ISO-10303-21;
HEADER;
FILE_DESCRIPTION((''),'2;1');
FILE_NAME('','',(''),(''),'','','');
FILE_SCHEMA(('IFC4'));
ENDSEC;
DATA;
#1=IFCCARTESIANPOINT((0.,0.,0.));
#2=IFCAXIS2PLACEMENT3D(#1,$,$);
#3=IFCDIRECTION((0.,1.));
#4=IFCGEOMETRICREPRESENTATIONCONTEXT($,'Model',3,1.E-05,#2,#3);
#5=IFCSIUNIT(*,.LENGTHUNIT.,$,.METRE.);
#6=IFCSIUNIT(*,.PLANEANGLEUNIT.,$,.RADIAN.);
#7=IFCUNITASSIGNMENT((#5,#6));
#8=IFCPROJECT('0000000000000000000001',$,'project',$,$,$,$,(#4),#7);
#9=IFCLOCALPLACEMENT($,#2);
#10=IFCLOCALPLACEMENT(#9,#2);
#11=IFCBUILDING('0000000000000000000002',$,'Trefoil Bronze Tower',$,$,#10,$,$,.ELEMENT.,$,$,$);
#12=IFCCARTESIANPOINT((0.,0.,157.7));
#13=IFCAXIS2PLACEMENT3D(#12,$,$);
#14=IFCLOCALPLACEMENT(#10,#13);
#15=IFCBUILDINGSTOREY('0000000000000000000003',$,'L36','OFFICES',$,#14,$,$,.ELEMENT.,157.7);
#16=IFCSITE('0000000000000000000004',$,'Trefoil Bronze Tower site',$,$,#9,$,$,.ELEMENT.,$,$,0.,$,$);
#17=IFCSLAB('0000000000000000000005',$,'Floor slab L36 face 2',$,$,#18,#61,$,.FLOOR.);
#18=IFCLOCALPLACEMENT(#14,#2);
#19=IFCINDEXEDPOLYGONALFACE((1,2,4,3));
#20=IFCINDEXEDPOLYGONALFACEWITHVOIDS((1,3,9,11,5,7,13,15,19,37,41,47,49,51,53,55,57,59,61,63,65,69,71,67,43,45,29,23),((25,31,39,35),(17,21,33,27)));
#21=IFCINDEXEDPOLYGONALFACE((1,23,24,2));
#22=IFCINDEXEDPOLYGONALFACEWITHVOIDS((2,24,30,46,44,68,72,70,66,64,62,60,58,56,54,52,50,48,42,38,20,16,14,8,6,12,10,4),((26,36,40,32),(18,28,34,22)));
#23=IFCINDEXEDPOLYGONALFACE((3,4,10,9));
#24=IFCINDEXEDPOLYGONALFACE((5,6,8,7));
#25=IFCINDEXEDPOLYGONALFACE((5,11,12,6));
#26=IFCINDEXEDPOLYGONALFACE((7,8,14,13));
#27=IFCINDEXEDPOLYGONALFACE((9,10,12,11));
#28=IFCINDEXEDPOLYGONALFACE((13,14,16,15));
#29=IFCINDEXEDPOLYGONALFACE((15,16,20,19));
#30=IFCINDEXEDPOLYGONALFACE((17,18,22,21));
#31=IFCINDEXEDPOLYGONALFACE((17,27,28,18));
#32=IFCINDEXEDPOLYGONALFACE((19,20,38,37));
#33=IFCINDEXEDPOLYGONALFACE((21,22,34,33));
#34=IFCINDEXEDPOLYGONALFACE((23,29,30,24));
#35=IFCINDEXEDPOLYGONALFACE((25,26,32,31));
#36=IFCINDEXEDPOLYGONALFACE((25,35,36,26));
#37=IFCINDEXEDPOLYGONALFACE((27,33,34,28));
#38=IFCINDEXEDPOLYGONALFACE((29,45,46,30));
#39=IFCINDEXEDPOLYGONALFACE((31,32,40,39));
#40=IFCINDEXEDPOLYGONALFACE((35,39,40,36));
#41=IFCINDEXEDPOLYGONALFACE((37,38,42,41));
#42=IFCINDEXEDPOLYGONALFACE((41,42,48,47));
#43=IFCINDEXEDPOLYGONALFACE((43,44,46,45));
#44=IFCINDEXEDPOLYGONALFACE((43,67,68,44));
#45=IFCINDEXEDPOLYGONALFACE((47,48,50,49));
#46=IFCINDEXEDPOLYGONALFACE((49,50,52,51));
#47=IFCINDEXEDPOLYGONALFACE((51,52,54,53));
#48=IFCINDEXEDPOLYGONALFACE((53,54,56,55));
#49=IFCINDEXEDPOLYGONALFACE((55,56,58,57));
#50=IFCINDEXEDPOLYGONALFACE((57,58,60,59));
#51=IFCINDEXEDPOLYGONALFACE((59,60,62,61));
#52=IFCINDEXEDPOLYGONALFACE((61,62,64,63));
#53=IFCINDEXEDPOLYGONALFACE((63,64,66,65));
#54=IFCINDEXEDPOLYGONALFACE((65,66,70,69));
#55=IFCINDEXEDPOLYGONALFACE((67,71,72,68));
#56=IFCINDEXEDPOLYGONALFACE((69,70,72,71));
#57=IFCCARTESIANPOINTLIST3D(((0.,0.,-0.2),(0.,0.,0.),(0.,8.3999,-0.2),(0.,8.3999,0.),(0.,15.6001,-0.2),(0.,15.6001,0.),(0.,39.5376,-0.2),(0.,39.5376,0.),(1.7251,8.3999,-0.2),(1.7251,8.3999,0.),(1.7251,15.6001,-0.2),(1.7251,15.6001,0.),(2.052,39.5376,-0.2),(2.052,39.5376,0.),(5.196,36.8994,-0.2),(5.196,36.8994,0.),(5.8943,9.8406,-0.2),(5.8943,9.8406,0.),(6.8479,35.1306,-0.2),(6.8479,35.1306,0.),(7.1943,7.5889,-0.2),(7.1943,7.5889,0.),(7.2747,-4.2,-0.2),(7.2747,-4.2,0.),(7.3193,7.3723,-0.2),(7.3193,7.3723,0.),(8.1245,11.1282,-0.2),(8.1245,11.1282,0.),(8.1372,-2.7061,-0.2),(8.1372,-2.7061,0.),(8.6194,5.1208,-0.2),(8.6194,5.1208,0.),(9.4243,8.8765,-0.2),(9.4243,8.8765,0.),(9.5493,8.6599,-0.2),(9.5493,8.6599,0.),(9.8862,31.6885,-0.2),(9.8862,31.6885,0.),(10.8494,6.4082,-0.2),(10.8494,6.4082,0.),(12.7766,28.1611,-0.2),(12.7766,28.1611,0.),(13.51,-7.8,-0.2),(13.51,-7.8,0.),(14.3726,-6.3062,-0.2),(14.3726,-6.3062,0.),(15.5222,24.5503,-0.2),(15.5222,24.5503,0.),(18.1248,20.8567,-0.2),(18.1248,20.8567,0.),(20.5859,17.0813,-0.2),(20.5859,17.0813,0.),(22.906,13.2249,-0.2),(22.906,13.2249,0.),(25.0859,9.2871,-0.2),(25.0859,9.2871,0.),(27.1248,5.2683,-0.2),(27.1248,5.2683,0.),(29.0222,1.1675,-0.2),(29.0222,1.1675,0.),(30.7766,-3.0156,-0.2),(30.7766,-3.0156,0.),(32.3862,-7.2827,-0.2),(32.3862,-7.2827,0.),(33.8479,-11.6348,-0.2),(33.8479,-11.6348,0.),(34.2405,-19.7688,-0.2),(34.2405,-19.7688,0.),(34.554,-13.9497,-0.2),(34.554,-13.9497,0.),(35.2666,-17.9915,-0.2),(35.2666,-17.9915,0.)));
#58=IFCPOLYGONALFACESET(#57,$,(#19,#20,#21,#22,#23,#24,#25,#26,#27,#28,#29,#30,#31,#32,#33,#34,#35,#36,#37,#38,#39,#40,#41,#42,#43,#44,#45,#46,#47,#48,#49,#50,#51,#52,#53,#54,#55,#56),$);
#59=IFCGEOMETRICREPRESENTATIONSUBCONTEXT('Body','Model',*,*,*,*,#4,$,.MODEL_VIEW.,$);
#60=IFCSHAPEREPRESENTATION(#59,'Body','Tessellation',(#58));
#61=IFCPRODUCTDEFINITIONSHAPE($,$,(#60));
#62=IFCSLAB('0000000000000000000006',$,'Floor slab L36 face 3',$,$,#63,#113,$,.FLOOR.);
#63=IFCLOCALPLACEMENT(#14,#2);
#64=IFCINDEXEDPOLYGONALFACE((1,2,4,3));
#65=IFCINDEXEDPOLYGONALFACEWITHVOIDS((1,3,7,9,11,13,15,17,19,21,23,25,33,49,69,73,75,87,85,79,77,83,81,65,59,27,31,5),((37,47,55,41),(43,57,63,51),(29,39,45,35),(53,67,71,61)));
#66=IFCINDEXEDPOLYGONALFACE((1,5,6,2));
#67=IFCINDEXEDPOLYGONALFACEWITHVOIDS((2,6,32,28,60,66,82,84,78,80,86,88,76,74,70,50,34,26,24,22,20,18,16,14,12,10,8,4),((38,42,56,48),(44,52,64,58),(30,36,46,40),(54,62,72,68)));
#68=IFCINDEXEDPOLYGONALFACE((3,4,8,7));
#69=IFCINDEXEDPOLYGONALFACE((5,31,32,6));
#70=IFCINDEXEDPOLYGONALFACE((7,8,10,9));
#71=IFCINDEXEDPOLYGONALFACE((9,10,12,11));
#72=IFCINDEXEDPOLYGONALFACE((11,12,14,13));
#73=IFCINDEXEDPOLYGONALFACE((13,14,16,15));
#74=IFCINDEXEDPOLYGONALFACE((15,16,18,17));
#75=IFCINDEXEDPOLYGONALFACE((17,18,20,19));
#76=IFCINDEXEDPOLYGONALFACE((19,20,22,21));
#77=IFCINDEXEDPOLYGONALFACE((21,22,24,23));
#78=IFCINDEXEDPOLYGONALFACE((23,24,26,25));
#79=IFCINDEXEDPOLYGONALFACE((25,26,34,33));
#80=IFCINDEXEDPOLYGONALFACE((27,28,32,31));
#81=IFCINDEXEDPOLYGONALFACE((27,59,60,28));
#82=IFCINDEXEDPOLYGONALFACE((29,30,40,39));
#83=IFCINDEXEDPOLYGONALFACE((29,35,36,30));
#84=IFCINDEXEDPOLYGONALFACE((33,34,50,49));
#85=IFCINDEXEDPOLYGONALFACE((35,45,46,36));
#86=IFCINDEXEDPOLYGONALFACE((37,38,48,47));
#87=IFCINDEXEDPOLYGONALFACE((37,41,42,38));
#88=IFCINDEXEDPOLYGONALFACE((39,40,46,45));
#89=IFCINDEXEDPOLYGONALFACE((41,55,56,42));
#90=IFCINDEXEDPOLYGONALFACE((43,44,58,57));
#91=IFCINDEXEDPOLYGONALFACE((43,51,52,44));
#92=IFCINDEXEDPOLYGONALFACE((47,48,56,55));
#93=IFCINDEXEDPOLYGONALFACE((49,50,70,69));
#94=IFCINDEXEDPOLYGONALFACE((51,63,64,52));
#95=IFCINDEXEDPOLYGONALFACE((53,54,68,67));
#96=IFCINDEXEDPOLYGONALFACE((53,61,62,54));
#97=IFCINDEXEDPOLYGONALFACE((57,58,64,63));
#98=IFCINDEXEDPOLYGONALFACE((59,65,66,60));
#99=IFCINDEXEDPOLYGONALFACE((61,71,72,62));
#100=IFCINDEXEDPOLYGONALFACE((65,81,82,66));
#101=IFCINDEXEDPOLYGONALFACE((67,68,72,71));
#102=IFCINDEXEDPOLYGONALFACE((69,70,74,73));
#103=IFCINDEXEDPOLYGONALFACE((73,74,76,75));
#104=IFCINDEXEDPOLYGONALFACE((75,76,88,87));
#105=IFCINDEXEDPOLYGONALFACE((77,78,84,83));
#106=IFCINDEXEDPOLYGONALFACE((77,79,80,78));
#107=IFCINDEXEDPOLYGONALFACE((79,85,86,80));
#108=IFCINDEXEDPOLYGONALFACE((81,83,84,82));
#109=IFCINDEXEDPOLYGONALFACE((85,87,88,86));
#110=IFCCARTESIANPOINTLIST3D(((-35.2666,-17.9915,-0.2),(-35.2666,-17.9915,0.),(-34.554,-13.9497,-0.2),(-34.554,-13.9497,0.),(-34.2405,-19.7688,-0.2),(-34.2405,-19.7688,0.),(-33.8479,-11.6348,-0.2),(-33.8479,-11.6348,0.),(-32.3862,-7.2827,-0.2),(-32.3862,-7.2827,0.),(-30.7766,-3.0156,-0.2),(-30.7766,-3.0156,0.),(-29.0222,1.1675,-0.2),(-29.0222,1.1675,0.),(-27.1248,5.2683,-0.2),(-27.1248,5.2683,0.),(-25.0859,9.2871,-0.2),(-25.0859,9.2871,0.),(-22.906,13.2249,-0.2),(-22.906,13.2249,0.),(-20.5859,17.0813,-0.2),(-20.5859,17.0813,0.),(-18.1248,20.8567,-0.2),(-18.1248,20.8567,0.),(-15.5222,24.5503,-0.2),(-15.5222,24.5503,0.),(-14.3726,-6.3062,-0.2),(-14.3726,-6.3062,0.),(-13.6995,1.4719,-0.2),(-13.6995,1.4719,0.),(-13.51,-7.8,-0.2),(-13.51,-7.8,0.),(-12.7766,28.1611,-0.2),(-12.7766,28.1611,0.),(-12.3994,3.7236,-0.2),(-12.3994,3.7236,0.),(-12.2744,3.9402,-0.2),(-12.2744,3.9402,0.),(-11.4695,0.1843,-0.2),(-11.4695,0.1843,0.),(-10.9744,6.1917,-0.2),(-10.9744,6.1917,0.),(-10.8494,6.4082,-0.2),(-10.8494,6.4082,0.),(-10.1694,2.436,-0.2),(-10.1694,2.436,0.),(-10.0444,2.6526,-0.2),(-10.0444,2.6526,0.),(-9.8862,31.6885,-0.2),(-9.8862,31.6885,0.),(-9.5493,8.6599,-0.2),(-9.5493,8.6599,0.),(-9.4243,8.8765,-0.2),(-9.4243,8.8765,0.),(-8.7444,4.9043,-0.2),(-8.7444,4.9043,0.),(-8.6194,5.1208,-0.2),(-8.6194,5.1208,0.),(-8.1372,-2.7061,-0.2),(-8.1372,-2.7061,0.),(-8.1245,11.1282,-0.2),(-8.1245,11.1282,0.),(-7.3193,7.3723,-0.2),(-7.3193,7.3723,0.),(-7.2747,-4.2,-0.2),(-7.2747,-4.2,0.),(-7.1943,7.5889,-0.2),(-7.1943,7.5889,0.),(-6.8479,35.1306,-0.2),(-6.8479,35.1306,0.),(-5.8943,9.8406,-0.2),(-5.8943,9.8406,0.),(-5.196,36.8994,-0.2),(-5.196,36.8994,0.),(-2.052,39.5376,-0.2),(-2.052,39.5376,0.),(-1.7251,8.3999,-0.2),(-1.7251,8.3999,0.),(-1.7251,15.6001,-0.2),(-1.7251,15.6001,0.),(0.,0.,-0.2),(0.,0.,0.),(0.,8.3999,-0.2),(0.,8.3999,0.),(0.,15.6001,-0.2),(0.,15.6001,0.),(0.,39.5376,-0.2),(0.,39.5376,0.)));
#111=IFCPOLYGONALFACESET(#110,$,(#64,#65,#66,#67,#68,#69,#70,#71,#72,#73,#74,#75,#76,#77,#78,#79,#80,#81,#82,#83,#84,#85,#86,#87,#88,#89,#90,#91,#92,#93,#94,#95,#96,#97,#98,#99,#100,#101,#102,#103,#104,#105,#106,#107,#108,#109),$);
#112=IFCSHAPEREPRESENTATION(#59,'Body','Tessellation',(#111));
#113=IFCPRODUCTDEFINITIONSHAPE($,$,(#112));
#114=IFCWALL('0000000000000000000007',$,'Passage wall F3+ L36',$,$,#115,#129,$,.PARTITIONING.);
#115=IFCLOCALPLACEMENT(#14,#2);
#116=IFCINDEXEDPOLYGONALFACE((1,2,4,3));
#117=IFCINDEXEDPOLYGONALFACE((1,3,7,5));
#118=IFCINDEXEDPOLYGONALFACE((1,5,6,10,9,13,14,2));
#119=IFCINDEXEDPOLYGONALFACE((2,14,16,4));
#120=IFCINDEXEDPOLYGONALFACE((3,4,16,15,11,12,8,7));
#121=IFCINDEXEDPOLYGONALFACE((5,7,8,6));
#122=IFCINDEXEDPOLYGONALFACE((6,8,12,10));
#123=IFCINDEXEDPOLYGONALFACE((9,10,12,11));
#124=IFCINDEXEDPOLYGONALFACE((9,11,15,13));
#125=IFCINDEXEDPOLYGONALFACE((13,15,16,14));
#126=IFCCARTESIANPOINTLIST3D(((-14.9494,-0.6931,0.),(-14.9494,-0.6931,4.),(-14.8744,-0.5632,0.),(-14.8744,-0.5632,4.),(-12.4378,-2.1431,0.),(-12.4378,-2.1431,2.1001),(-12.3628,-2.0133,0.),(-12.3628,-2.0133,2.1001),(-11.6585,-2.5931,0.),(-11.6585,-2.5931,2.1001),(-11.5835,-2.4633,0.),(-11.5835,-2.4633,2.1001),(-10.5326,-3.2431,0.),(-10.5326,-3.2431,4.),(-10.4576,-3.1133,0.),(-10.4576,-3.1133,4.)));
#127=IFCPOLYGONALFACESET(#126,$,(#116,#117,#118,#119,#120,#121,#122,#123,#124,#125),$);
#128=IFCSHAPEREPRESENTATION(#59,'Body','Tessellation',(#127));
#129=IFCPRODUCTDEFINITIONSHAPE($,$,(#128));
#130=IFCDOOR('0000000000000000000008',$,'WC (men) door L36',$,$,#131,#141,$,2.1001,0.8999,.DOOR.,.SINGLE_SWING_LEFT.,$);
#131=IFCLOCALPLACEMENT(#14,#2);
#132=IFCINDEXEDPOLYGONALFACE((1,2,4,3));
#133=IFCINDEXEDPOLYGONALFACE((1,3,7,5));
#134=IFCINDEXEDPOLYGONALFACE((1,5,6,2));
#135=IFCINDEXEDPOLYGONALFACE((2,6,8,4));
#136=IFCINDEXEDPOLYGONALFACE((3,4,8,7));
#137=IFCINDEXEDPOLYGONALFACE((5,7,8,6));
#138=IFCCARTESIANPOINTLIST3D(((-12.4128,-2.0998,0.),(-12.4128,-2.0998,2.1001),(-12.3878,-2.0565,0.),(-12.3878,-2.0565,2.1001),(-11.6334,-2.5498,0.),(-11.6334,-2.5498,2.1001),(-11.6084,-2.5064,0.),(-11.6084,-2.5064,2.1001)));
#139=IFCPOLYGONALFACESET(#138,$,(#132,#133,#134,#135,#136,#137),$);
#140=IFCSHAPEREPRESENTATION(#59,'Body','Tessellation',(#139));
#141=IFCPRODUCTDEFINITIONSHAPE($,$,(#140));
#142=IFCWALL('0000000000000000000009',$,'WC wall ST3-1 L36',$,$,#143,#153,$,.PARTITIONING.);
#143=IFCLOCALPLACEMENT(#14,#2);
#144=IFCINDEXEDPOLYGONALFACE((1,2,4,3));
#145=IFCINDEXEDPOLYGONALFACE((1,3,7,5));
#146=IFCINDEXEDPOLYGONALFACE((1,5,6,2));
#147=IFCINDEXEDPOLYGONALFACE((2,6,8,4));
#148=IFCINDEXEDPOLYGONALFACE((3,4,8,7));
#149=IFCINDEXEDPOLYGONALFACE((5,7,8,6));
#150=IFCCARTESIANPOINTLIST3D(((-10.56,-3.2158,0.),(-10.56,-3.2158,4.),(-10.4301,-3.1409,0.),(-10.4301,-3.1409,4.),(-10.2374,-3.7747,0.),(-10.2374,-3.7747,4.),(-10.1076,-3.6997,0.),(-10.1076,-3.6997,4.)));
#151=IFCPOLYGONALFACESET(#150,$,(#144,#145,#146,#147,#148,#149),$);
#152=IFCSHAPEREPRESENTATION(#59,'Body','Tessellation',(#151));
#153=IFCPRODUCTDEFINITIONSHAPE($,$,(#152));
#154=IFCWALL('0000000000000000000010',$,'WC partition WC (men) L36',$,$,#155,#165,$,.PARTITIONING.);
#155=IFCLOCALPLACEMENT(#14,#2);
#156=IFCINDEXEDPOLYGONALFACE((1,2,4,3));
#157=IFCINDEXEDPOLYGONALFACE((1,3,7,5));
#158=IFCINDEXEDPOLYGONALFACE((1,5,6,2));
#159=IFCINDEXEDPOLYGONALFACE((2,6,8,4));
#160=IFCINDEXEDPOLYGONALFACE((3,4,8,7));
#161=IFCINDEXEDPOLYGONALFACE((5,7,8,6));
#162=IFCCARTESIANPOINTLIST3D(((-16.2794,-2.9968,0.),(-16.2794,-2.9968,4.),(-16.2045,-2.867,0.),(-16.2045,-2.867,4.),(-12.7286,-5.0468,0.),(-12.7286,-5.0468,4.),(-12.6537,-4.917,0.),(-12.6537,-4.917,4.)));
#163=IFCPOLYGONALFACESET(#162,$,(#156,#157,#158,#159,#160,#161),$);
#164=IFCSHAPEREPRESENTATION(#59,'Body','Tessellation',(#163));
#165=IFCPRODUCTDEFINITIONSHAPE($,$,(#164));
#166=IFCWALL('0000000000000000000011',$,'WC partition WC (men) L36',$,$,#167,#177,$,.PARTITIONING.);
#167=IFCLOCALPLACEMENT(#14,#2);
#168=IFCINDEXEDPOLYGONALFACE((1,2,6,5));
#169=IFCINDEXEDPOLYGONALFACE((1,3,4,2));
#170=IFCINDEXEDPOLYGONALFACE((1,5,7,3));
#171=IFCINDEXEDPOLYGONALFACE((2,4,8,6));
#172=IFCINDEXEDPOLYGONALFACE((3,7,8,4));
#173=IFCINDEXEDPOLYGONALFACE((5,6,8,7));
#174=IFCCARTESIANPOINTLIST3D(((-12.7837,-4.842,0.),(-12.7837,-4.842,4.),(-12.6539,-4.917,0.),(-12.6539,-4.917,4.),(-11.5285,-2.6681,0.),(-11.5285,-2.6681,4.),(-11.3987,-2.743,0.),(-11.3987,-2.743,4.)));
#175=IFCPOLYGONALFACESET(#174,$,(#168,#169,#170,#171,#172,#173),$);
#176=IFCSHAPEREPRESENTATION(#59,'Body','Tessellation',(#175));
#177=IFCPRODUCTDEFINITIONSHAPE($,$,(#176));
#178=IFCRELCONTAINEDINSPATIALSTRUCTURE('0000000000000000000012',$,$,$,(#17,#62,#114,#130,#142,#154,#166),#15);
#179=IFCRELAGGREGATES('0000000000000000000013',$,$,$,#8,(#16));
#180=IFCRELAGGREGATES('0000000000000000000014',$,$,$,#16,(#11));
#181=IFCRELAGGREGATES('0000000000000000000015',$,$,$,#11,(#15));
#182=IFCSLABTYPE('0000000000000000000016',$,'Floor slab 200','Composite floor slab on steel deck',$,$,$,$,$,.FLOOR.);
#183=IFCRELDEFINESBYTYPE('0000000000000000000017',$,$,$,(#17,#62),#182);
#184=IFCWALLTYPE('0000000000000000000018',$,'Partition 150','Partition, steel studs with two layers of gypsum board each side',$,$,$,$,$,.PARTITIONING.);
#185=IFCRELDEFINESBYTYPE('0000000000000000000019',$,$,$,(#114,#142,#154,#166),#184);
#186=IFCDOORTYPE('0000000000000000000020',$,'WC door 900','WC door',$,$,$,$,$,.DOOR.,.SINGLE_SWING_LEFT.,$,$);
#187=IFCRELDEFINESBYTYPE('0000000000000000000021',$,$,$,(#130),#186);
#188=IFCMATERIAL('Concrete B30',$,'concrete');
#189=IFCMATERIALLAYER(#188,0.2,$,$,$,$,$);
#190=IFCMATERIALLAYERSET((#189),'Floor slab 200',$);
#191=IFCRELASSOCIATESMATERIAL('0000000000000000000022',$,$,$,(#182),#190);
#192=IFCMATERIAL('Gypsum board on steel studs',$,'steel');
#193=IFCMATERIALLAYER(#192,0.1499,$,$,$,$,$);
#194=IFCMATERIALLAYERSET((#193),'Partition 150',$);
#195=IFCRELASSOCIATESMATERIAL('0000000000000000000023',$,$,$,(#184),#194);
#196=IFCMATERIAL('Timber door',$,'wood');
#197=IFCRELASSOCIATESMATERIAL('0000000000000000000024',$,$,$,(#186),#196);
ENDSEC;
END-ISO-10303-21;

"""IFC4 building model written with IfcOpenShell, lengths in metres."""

from ifc_helpers import new_model, si_unit, direction, frame, frame_2d, origin, place, context, subcontext, project, spatial, polyline, rectangle, outline, extrude, material, layer, layer_set, type_object, element, fill, save


model = new_model("IFC4")

# Units and contexts
model_context = context("Model", 3, precision=1e-05, world=origin(), true_north=direction((0.0, 1.0)))
body_context = subcontext(model_context, "Body", "Model", "MODEL_VIEW")
ifc_project = project(units=[si_unit("LENGTHUNIT", "METRE"), si_unit("PLANEANGLEUNIT", "RADIAN")], contexts=[model_context])

# Site, building, storey
site_placement = place(None, origin())
site = spatial("IfcSite", under=ifc_project, at=site_placement, Name="Trefoil Bronze Tower site", CompositionType="ELEMENT", RefElevation=0.0)
building_placement = place(site_placement, origin())
building = spatial("IfcBuilding", under=site, at=building_placement, Name="Trefoil Bronze Tower", CompositionType="ELEMENT")
storey_placement = place(building_placement, frame((0.0, 0.0, 157.7)))
storey = spatial("IfcBuildingStorey", under=building, at=storey_placement, Name="L36", Description="OFFICES", CompositionType="ELEMENT", Elevation=157.7)

# Slabs
ifc_material_1 = material(Name="Concrete B30", Category="concrete")
ifc_layer_1 = layer(ifc_material_1, 0.2)
ifc_layer_set_1 = layer_set([ifc_layer_1], Name="Floor slab 200")
slab_type = type_object("IfcSlabType", Name="Floor slab 200", Description="Composite floor slab on steel deck", PredefinedType="FLOOR", material=ifc_layer_set_1)
slab_1_placement = place(storey_placement, frame((0.0, 0.0, -0.2)))
element("IfcSlab", 1, at=slab_1_placement, inside=storey, type_object=slab_type, Name="Floor slab L36 face 2", PredefinedType="FLOOR", context=body_context, shape_type="SweptSolid", body=[
    extrude(outline(polyline([(9.8862, 31.6885), (12.7766, 28.1611), (15.5222, 24.5503), (18.1248, 20.8567), (20.5859, 17.0813), (22.906, 13.2249), (25.0859, 9.2871), (27.1248, 5.2683), (29.0222, 1.1675), (30.7766, -3.0156), (32.3862, -7.2827), (33.8479, -11.6348), (34.554, -13.9497), (35.2666, -17.9915), (34.2405, -19.7688), (13.51, -7.8), (14.3726, -6.3062), (8.1372, -2.7061), (7.2747, -4.2), (0.0, 0.0), (0.0, 8.3999), (1.7251, 8.3999), (1.7251, 15.6001), (0.0, 15.6001), (0.0, 39.5376), (2.052, 39.5376), (5.196, 36.8994), (6.8479, 35.1306), (9.8862, 31.6885)]), holes=[polyline([(8.6194, 5.1208), (7.3193, 7.3723), (9.5493, 8.6599), (10.8494, 6.4082), (8.6194, 5.1208)]), polyline([(7.1943, 7.5889), (5.8943, 9.8406), (8.1245, 11.1282), (9.4243, 8.8765), (7.1943, 7.5889)])]), origin(), (0.0, 0.0, 1.0), 0.2),
])
slab_2_placement = place(storey_placement, frame((0.0, 0.0, -0.2)))
element("IfcSlab", 2, at=slab_2_placement, inside=storey, type_object=slab_type, Name="Floor slab L36 face 3", PredefinedType="FLOOR", context=body_context, shape_type="SweptSolid", body=[
    extrude(outline(polyline([(-32.3862, -7.2827), (-30.7766, -3.0156), (-29.0222, 1.1675), (-27.1248, 5.2683), (-25.0859, 9.2871), (-22.906, 13.2249), (-20.5859, 17.0813), (-18.1248, 20.8567), (-15.5222, 24.5503), (-12.7766, 28.1611), (-9.8862, 31.6885), (-6.8479, 35.1306), (-5.196, 36.8994), (-2.052, 39.5376), (0.0, 39.5376), (0.0, 15.6001), (-1.7251, 15.6001), (-1.7251, 8.3999), (0.0, 8.3999), (0.0, 0.0), (-7.2747, -4.2), (-8.1372, -2.7061), (-14.3726, -6.3062), (-13.51, -7.8), (-34.2405, -19.7688), (-35.2666, -17.9915), (-34.554, -13.9497), (-33.8479, -11.6348), (-32.3862, -7.2827)]), holes=[polyline([(-5.8943, 9.8406), (-7.1943, 7.5889), (-9.4243, 8.8765), (-8.1245, 11.1282), (-5.8943, 9.8406)]), polyline([(-7.3193, 7.3723), (-8.6194, 5.1208), (-10.8494, 6.4082), (-9.5493, 8.6599), (-7.3193, 7.3723)]), polyline([(-8.7444, 4.9043), (-10.0444, 2.6526), (-12.2744, 3.9402), (-10.9744, 6.1917), (-8.7444, 4.9043)]), polyline([(-10.1694, 2.436), (-11.4695, 0.1843), (-13.6995, 1.4719), (-12.3994, 3.7236), (-10.1694, 2.436)])]), origin(), (0.0, 0.0, 1.0), 0.2),
])

# Wall, opening, door
ifc_material_2 = material(Name="Gypsum board on steel studs", Category="steel")
ifc_layer_2 = layer(ifc_material_2, 0.1499)
ifc_layer_set_2 = layer_set([ifc_layer_2], Name="Partition 150")
wall_type_1 = type_object("IfcWallType", Name="Partition 150", Description="Partition, steel studs with two layers of gypsum board each side", PredefinedType="PARTITIONING", material=ifc_layer_set_2)
wall_1_placement = place(storey_placement, frame((-10.4951, -3.1782, 0.0), z_axis=(0.0, 0.0, 1.0), x_axis=(-0.866022, 0.500006, 0.0)))
wall_1 = element("IfcWall", 3, at=wall_1_placement, inside=storey, type_object=wall_type_1, Name="Passage wall F3+ L36", PredefinedType="PARTITIONING", context=body_context, shape_type="SweptSolid", body=[
    extrude(rectangle(XDim=5.1001, YDim=0.1499, at=frame_2d((2.55, 0.0))), origin(), (0.0, 0.0, 1.0), 4.0),
])
opening_1_placement = place(wall_1_placement, frame((1.3, 0.0, 0.0)))
opening_1 = element("IfcOpeningElement", 4, at=opening_1_placement, cuts=wall_1, PredefinedType="OPENING", context=body_context, shape_type="SweptSolid", body=[
    extrude(rectangle(XDim=0.8999, YDim=2.1001, at=frame_2d((0.45, 1.05))), frame((0.0, 0.085, 0.0), z_axis=(0.0, -1.0, 0.0), x_axis=(1.0, 0.0, 0.0)), (0.0, 0.0, 1.0), 0.1699),
])
ifc_material_3 = material(Name="Timber door", Category="wood")
door_type_1 = type_object("IfcDoorType", Name="WC door 900", Description="WC door", OperationType="SINGLE_SWING_LEFT", PredefinedType="DOOR", material=ifc_material_3)
door_1_placement = place(opening_1_placement, origin())
door_1 = element("IfcDoor", 5, at=door_1_placement, inside=storey, type_object=door_type_1, Name="WC (men) door L36", OperationType="SINGLE_SWING_LEFT", OverallHeight=2.1001, OverallWidth=0.8999, PredefinedType="DOOR", context=body_context, shape_type="SweptSolid", body=[
    extrude(rectangle(XDim=0.8999, YDim=2.1001, at=frame_2d((0.45, 1.05))), frame((0.0, 0.0249, 0.0), z_axis=(0.0, -1.0, 0.0), x_axis=(1.0, 0.0, 0.0)), (0.0, 0.0, 1.0), 0.05),
])
fill(opening_1, door_1)

# Walls
wall_2_placement = place(storey_placement, frame((-10.4951, -3.1782, 0.0), z_axis=(0.0, 0.0, 1.0), x_axis=(0.499843, -0.866116, 0.0)))
element("IfcWall", 6, at=wall_2_placement, inside=storey, type_object=wall_type_1, Name="WC wall ST3-1 L36", PredefinedType="PARTITIONING", context=body_context, shape_type="SweptSolid", body=[
    extrude(rectangle(XDim=0.6453, YDim=0.1499, at=frame_2d((0.3228, 0.0))), origin(), (0.0, 0.0, 1.0), 4.0),
])
wall_3_placement = place(storey_placement, frame((-12.6912, -4.9819, 0.0), z_axis=(0.0, 0.0, 1.0), x_axis=(-0.866025, 0.500001, 0.0)))
element("IfcWall", 7, at=wall_3_placement, inside=storey, type_object=wall_type_1, Name="WC partition WC (men) L36", PredefinedType="PARTITIONING", context=body_context, shape_type="SweptSolid", body=[
    extrude(rectangle(XDim=4.1001, YDim=0.1499, at=frame_2d((2.05, 0.0))), origin(), (0.0, 0.0, 1.0), 4.0),
])
wall_4_placement = place(storey_placement, frame((-11.4636, -2.7056, 0.0), z_axis=(0.0, 0.0, 1.0), x_axis=(-0.50002, -0.866014, 0.0)))
element("IfcWall", 8, at=wall_4_placement, inside=storey, type_object=wall_type_1, Name="WC partition WC (men) L36", PredefinedType="PARTITIONING", context=body_context, shape_type="SweptSolid", body=[
    extrude(rectangle(XDim=2.5103, YDim=0.1499, at=frame_2d((1.2551, 0.0))), origin(), (0.0, 0.0, 1.0), 4.0),
])

save(model, "model.ifc")
